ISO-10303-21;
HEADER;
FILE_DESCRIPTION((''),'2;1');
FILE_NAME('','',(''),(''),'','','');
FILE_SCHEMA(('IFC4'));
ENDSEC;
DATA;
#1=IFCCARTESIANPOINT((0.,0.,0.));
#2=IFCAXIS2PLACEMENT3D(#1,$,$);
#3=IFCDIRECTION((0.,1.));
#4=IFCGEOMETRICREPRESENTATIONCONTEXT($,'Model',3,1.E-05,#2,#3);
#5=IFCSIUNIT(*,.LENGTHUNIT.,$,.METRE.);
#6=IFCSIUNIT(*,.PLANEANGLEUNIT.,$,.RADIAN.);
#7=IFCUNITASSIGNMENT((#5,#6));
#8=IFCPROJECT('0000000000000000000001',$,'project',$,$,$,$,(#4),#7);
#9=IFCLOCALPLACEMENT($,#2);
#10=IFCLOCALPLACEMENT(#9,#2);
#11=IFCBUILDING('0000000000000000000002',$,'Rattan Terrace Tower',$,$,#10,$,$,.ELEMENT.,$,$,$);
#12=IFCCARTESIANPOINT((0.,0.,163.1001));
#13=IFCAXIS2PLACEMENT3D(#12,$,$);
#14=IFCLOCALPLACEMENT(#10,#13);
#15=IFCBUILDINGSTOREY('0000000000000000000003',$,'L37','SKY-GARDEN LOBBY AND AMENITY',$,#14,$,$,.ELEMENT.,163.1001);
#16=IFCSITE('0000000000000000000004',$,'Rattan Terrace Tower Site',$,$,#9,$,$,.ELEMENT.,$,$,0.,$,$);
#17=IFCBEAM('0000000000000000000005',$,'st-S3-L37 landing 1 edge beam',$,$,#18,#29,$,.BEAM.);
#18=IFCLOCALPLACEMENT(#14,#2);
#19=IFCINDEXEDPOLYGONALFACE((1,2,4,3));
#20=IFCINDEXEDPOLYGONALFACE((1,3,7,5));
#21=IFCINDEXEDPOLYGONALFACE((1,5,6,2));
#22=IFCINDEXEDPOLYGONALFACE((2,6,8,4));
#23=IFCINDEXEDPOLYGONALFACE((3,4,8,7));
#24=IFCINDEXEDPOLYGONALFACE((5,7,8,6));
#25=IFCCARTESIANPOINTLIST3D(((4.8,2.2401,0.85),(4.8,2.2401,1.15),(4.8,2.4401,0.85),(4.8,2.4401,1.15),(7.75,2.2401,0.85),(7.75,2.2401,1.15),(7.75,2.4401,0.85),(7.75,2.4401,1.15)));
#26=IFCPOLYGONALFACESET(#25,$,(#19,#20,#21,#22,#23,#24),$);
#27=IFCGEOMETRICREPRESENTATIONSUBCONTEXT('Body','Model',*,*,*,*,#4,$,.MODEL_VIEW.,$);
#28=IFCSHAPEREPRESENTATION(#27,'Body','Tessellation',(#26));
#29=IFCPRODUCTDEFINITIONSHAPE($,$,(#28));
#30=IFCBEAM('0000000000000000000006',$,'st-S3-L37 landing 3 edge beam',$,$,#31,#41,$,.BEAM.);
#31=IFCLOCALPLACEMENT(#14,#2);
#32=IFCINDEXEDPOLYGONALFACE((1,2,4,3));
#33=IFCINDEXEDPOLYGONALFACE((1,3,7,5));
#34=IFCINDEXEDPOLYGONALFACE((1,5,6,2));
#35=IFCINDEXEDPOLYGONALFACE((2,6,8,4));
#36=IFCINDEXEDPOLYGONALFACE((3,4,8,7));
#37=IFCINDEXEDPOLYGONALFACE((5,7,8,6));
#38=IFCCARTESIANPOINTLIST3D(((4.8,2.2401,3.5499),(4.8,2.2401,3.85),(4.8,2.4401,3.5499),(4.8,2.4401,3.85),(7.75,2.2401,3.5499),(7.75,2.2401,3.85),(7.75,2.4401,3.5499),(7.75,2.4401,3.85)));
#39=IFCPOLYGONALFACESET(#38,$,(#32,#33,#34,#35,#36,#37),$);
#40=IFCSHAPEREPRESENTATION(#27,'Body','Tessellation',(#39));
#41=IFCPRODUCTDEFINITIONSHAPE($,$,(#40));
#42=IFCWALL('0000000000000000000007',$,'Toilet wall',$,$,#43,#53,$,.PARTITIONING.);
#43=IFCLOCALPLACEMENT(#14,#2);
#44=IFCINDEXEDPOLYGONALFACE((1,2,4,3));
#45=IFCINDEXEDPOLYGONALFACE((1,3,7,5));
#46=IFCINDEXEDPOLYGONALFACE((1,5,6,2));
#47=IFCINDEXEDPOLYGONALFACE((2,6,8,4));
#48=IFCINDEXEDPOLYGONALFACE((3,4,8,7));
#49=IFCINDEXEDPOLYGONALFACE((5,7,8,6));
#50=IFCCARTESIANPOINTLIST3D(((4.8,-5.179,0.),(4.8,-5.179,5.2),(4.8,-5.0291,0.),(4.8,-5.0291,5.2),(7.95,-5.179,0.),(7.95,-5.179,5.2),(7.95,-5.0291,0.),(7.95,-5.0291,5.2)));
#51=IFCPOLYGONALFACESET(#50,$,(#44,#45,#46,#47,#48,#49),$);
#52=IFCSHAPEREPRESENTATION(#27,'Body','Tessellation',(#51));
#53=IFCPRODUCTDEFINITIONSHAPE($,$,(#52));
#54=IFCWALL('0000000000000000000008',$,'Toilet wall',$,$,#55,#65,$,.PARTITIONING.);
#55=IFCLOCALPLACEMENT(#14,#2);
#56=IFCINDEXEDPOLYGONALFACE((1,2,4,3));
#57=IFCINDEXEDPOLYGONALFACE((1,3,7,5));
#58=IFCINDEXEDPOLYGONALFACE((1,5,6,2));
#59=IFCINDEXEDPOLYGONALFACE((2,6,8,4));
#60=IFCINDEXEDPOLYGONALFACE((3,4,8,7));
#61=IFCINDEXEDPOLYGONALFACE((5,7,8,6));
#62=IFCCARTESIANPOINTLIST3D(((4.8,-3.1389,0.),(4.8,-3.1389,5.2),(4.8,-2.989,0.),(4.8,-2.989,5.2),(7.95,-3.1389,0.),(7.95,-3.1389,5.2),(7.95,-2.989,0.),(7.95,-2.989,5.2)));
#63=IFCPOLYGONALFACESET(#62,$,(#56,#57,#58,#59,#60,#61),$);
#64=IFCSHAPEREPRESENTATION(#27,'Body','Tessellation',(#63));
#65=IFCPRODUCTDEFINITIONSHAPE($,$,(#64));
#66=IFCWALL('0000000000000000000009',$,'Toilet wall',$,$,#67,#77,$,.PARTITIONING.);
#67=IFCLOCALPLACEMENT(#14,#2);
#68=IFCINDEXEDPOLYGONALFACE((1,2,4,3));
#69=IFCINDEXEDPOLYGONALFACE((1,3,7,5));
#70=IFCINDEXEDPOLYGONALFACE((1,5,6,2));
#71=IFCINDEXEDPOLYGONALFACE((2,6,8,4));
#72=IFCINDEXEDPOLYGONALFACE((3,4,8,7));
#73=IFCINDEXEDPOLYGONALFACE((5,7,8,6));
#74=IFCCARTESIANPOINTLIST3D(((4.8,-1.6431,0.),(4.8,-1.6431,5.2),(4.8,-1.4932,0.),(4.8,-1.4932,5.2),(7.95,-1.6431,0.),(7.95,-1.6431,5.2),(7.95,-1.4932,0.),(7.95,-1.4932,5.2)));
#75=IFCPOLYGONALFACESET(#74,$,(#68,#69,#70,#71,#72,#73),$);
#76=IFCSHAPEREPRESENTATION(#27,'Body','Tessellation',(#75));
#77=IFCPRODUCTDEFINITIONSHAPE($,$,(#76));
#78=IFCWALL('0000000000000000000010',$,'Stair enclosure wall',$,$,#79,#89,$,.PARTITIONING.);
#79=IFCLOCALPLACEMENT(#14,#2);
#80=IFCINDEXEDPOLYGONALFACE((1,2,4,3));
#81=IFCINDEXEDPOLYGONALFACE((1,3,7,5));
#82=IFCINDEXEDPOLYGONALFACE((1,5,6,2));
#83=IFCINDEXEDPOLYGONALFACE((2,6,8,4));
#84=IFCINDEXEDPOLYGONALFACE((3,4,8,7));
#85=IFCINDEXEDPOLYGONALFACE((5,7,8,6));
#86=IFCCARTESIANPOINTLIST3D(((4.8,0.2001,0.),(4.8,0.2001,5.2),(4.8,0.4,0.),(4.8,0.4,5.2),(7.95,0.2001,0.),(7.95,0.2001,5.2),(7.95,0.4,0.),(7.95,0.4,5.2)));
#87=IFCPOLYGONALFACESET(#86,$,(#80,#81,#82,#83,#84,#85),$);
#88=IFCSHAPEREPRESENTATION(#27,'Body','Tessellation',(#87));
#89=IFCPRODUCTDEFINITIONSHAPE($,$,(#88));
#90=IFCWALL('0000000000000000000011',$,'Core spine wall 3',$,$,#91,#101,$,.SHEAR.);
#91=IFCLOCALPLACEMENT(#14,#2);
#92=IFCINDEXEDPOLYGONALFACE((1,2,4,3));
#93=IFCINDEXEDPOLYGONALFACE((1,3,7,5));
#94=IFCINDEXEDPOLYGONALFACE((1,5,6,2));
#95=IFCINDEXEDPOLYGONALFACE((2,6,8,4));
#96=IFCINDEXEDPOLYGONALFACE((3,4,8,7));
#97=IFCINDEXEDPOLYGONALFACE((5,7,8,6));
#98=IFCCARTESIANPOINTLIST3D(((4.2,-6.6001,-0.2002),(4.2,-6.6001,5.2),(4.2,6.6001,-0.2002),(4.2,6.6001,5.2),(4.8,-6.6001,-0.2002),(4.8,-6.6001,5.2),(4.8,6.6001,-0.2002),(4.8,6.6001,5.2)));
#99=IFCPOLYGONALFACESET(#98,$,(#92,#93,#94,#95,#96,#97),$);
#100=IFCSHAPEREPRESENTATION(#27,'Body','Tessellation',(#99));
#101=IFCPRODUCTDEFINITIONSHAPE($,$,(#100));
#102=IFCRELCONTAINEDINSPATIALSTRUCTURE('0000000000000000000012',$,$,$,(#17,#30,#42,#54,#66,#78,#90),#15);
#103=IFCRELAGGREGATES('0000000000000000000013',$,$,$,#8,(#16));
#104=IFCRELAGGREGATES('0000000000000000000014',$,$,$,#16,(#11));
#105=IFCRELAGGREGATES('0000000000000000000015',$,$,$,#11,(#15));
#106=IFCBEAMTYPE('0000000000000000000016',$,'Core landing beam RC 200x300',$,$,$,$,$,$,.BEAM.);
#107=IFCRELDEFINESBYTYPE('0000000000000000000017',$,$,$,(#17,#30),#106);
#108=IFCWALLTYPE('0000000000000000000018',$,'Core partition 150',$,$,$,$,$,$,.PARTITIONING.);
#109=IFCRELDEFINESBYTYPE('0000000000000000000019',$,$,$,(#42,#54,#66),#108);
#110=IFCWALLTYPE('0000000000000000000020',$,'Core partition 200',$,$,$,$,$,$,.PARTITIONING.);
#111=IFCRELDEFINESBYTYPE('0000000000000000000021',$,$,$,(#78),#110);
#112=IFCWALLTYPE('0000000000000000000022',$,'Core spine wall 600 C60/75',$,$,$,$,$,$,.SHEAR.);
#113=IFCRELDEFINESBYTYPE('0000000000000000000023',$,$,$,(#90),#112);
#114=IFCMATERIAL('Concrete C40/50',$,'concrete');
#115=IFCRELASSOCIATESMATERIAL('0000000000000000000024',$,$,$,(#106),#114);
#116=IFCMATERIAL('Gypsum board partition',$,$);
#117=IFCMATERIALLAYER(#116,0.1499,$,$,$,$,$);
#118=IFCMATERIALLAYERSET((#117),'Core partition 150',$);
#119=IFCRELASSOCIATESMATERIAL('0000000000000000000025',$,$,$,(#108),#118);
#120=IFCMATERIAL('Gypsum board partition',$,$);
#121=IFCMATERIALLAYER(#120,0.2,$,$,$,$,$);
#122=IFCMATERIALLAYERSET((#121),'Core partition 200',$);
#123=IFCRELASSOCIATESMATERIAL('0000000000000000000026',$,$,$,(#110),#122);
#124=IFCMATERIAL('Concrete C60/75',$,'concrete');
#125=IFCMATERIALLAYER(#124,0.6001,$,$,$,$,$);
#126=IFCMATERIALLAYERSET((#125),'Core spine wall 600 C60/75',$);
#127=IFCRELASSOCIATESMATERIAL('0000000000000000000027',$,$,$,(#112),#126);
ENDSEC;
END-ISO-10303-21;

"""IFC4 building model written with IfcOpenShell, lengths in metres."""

from ifc_helpers import new_model, si_unit, direction, frame, frame_2d, origin, origin_2d, place, context, subcontext, project, spatial, rectangle, extrude, material, layer, layer_set, material_profile, profile_set, type_object, element, save


model = new_model("IFC4")

# Units and contexts
model_context = context("Model", 3, precision=1e-05, world=origin(), true_north=direction((0.0, 1.0)))
body_context = subcontext(model_context, "Body", "Model", "MODEL_VIEW")
ifc_project = project(units=[si_unit("LENGTHUNIT", "METRE"), si_unit("PLANEANGLEUNIT", "RADIAN")], contexts=[model_context])

# Site, building, storey
site_placement = place(None, origin())
site = spatial("IfcSite", under=ifc_project, at=site_placement, Name="Rattan Terrace Tower Site", CompositionType="ELEMENT", RefElevation=0.0)
building_placement = place(site_placement, origin())
building = spatial("IfcBuilding", under=site, at=building_placement, Name="Rattan Terrace Tower", CompositionType="ELEMENT")
storey_placement = place(building_placement, frame((0.0, 0.0, 163.1001)))
storey = spatial("IfcBuildingStorey", under=building, at=storey_placement, Name="L37", Description="SKY-GARDEN LOBBY AND AMENITY", CompositionType="ELEMENT", Elevation=163.1001)

# Beams
ifc_material_1 = material(Name="Concrete C40/50", Category="concrete")
ifc_material_profile = material_profile(ifc_material_1, rectangle(XDim=0.2, YDim=0.3, at=origin_2d()), Name="RC 200x300")
ifc_profile_set = profile_set([ifc_material_profile], Name="Concrete C40/50")
beam_type = type_object("IfcBeamType", Name="Core landing beam RC 200x300", PredefinedType="BEAM", material=ifc_profile_set)
for number, where, z_axis, x_axis, name in (
    (1, (4.8, 2.3401, 1.0), (1.0, 0.0, 0.0), (0.0, 1.0, 0.0), "st-S3-L37 landing 1 edge beam"),
    (2, (4.8, 2.3401, 3.7), (1.0, 0.0, 0.0), (0.0, 1.0, 0.0), "st-S3-L37 landing 3 edge beam"),
):
    element("IfcBeam", number, at=place(storey_placement, frame(where, z_axis=z_axis, x_axis=x_axis)), inside=storey, type_object=beam_type, Name=name, PredefinedType="BEAM", context=body_context, shape_type="SweptSolid", body=[
        extrude(rectangle(XDim=0.2, YDim=0.3, at=origin_2d()), origin(), (0.0, 0.0, 1.0), 2.95),
    ])

# Walls
ifc_material_2 = material(Name="Gypsum board partition")
ifc_layer_1 = layer(ifc_material_2, 0.1499)
ifc_layer_set_1 = layer_set([ifc_layer_1], Name="Core partition 150")
wall_type_1 = type_object("IfcWallType", Name="Core partition 150", PredefinedType="PARTITIONING", material=ifc_layer_set_1)
for number, where, z_axis, x_axis, name in (
    (3, (4.8, -5.104, 0.0), (0.0, 0.0, 1.0), (1.0, 0.0, 0.0), "Toilet wall"),
    (4, (4.8, -3.064, 0.0), (0.0, 0.0, 1.0), (1.0, 0.0, 0.0), "Toilet wall"),
    (5, (4.8, -1.5681, 0.0), (0.0, 0.0, 1.0), (1.0, 0.0, 0.0), "Toilet wall"),
):
    element("IfcWall", number, at=place(storey_placement, frame(where, z_axis=z_axis, x_axis=x_axis)), inside=storey, type_object=wall_type_1, Name=name, PredefinedType="PARTITIONING", context=body_context, shape_type="SweptSolid", body=[
        extrude(rectangle(XDim=3.1499, YDim=0.1499, at=frame_2d((1.575, 0.0))), origin(), (0.0, 0.0, 1.0), 5.2),
    ])
ifc_material_3 = material(Name="Gypsum board partition")
ifc_layer_2 = layer(ifc_material_3, 0.2)
ifc_layer_set_2 = layer_set([ifc_layer_2], Name="Core partition 200")
wall_type_2 = type_object("IfcWallType", Name="Core partition 200", PredefinedType="PARTITIONING", material=ifc_layer_set_2)
wall_1_placement = place(storey_placement, frame((4.8, 0.3, 0.0), z_axis=(0.0, 0.0, 1.0), x_axis=(1.0, 0.0, 0.0)))
element("IfcWall", 6, at=wall_1_placement, inside=storey, type_object=wall_type_2, Name="Stair enclosure wall", PredefinedType="PARTITIONING", context=body_context, shape_type="SweptSolid", body=[
    extrude(rectangle(XDim=3.1499, YDim=0.2, at=frame_2d((1.575, 0.0))), origin(), (0.0, 0.0, 1.0), 5.2),
])
ifc_material_4 = material(Name="Concrete C60/75", Category="concrete")
ifc_layer_3 = layer(ifc_material_4, 0.6001)
ifc_layer_set_3 = layer_set([ifc_layer_3], Name="Core spine wall 600 C60/75")
wall_type_3 = type_object("IfcWallType", Name="Core spine wall 600 C60/75", PredefinedType="SHEAR", material=ifc_layer_set_3)
wall_2_placement = place(storey_placement, frame((4.5, -6.6001, -0.2002), z_axis=(0.0, 0.0, 1.0), x_axis=(0.0, 1.0, 0.0)))
element("IfcWall", 7, at=wall_2_placement, inside=storey, type_object=wall_type_3, Name="Core spine wall 3", PredefinedType="SHEAR", context=body_context, shape_type="SweptSolid", body=[
    extrude(rectangle(XDim=13.2002, YDim=0.6001, at=frame_2d((6.6001, 0.0))), origin(), (0.0, 0.0, 1.0), 5.4001),
])

save(model, "model.ifc")
